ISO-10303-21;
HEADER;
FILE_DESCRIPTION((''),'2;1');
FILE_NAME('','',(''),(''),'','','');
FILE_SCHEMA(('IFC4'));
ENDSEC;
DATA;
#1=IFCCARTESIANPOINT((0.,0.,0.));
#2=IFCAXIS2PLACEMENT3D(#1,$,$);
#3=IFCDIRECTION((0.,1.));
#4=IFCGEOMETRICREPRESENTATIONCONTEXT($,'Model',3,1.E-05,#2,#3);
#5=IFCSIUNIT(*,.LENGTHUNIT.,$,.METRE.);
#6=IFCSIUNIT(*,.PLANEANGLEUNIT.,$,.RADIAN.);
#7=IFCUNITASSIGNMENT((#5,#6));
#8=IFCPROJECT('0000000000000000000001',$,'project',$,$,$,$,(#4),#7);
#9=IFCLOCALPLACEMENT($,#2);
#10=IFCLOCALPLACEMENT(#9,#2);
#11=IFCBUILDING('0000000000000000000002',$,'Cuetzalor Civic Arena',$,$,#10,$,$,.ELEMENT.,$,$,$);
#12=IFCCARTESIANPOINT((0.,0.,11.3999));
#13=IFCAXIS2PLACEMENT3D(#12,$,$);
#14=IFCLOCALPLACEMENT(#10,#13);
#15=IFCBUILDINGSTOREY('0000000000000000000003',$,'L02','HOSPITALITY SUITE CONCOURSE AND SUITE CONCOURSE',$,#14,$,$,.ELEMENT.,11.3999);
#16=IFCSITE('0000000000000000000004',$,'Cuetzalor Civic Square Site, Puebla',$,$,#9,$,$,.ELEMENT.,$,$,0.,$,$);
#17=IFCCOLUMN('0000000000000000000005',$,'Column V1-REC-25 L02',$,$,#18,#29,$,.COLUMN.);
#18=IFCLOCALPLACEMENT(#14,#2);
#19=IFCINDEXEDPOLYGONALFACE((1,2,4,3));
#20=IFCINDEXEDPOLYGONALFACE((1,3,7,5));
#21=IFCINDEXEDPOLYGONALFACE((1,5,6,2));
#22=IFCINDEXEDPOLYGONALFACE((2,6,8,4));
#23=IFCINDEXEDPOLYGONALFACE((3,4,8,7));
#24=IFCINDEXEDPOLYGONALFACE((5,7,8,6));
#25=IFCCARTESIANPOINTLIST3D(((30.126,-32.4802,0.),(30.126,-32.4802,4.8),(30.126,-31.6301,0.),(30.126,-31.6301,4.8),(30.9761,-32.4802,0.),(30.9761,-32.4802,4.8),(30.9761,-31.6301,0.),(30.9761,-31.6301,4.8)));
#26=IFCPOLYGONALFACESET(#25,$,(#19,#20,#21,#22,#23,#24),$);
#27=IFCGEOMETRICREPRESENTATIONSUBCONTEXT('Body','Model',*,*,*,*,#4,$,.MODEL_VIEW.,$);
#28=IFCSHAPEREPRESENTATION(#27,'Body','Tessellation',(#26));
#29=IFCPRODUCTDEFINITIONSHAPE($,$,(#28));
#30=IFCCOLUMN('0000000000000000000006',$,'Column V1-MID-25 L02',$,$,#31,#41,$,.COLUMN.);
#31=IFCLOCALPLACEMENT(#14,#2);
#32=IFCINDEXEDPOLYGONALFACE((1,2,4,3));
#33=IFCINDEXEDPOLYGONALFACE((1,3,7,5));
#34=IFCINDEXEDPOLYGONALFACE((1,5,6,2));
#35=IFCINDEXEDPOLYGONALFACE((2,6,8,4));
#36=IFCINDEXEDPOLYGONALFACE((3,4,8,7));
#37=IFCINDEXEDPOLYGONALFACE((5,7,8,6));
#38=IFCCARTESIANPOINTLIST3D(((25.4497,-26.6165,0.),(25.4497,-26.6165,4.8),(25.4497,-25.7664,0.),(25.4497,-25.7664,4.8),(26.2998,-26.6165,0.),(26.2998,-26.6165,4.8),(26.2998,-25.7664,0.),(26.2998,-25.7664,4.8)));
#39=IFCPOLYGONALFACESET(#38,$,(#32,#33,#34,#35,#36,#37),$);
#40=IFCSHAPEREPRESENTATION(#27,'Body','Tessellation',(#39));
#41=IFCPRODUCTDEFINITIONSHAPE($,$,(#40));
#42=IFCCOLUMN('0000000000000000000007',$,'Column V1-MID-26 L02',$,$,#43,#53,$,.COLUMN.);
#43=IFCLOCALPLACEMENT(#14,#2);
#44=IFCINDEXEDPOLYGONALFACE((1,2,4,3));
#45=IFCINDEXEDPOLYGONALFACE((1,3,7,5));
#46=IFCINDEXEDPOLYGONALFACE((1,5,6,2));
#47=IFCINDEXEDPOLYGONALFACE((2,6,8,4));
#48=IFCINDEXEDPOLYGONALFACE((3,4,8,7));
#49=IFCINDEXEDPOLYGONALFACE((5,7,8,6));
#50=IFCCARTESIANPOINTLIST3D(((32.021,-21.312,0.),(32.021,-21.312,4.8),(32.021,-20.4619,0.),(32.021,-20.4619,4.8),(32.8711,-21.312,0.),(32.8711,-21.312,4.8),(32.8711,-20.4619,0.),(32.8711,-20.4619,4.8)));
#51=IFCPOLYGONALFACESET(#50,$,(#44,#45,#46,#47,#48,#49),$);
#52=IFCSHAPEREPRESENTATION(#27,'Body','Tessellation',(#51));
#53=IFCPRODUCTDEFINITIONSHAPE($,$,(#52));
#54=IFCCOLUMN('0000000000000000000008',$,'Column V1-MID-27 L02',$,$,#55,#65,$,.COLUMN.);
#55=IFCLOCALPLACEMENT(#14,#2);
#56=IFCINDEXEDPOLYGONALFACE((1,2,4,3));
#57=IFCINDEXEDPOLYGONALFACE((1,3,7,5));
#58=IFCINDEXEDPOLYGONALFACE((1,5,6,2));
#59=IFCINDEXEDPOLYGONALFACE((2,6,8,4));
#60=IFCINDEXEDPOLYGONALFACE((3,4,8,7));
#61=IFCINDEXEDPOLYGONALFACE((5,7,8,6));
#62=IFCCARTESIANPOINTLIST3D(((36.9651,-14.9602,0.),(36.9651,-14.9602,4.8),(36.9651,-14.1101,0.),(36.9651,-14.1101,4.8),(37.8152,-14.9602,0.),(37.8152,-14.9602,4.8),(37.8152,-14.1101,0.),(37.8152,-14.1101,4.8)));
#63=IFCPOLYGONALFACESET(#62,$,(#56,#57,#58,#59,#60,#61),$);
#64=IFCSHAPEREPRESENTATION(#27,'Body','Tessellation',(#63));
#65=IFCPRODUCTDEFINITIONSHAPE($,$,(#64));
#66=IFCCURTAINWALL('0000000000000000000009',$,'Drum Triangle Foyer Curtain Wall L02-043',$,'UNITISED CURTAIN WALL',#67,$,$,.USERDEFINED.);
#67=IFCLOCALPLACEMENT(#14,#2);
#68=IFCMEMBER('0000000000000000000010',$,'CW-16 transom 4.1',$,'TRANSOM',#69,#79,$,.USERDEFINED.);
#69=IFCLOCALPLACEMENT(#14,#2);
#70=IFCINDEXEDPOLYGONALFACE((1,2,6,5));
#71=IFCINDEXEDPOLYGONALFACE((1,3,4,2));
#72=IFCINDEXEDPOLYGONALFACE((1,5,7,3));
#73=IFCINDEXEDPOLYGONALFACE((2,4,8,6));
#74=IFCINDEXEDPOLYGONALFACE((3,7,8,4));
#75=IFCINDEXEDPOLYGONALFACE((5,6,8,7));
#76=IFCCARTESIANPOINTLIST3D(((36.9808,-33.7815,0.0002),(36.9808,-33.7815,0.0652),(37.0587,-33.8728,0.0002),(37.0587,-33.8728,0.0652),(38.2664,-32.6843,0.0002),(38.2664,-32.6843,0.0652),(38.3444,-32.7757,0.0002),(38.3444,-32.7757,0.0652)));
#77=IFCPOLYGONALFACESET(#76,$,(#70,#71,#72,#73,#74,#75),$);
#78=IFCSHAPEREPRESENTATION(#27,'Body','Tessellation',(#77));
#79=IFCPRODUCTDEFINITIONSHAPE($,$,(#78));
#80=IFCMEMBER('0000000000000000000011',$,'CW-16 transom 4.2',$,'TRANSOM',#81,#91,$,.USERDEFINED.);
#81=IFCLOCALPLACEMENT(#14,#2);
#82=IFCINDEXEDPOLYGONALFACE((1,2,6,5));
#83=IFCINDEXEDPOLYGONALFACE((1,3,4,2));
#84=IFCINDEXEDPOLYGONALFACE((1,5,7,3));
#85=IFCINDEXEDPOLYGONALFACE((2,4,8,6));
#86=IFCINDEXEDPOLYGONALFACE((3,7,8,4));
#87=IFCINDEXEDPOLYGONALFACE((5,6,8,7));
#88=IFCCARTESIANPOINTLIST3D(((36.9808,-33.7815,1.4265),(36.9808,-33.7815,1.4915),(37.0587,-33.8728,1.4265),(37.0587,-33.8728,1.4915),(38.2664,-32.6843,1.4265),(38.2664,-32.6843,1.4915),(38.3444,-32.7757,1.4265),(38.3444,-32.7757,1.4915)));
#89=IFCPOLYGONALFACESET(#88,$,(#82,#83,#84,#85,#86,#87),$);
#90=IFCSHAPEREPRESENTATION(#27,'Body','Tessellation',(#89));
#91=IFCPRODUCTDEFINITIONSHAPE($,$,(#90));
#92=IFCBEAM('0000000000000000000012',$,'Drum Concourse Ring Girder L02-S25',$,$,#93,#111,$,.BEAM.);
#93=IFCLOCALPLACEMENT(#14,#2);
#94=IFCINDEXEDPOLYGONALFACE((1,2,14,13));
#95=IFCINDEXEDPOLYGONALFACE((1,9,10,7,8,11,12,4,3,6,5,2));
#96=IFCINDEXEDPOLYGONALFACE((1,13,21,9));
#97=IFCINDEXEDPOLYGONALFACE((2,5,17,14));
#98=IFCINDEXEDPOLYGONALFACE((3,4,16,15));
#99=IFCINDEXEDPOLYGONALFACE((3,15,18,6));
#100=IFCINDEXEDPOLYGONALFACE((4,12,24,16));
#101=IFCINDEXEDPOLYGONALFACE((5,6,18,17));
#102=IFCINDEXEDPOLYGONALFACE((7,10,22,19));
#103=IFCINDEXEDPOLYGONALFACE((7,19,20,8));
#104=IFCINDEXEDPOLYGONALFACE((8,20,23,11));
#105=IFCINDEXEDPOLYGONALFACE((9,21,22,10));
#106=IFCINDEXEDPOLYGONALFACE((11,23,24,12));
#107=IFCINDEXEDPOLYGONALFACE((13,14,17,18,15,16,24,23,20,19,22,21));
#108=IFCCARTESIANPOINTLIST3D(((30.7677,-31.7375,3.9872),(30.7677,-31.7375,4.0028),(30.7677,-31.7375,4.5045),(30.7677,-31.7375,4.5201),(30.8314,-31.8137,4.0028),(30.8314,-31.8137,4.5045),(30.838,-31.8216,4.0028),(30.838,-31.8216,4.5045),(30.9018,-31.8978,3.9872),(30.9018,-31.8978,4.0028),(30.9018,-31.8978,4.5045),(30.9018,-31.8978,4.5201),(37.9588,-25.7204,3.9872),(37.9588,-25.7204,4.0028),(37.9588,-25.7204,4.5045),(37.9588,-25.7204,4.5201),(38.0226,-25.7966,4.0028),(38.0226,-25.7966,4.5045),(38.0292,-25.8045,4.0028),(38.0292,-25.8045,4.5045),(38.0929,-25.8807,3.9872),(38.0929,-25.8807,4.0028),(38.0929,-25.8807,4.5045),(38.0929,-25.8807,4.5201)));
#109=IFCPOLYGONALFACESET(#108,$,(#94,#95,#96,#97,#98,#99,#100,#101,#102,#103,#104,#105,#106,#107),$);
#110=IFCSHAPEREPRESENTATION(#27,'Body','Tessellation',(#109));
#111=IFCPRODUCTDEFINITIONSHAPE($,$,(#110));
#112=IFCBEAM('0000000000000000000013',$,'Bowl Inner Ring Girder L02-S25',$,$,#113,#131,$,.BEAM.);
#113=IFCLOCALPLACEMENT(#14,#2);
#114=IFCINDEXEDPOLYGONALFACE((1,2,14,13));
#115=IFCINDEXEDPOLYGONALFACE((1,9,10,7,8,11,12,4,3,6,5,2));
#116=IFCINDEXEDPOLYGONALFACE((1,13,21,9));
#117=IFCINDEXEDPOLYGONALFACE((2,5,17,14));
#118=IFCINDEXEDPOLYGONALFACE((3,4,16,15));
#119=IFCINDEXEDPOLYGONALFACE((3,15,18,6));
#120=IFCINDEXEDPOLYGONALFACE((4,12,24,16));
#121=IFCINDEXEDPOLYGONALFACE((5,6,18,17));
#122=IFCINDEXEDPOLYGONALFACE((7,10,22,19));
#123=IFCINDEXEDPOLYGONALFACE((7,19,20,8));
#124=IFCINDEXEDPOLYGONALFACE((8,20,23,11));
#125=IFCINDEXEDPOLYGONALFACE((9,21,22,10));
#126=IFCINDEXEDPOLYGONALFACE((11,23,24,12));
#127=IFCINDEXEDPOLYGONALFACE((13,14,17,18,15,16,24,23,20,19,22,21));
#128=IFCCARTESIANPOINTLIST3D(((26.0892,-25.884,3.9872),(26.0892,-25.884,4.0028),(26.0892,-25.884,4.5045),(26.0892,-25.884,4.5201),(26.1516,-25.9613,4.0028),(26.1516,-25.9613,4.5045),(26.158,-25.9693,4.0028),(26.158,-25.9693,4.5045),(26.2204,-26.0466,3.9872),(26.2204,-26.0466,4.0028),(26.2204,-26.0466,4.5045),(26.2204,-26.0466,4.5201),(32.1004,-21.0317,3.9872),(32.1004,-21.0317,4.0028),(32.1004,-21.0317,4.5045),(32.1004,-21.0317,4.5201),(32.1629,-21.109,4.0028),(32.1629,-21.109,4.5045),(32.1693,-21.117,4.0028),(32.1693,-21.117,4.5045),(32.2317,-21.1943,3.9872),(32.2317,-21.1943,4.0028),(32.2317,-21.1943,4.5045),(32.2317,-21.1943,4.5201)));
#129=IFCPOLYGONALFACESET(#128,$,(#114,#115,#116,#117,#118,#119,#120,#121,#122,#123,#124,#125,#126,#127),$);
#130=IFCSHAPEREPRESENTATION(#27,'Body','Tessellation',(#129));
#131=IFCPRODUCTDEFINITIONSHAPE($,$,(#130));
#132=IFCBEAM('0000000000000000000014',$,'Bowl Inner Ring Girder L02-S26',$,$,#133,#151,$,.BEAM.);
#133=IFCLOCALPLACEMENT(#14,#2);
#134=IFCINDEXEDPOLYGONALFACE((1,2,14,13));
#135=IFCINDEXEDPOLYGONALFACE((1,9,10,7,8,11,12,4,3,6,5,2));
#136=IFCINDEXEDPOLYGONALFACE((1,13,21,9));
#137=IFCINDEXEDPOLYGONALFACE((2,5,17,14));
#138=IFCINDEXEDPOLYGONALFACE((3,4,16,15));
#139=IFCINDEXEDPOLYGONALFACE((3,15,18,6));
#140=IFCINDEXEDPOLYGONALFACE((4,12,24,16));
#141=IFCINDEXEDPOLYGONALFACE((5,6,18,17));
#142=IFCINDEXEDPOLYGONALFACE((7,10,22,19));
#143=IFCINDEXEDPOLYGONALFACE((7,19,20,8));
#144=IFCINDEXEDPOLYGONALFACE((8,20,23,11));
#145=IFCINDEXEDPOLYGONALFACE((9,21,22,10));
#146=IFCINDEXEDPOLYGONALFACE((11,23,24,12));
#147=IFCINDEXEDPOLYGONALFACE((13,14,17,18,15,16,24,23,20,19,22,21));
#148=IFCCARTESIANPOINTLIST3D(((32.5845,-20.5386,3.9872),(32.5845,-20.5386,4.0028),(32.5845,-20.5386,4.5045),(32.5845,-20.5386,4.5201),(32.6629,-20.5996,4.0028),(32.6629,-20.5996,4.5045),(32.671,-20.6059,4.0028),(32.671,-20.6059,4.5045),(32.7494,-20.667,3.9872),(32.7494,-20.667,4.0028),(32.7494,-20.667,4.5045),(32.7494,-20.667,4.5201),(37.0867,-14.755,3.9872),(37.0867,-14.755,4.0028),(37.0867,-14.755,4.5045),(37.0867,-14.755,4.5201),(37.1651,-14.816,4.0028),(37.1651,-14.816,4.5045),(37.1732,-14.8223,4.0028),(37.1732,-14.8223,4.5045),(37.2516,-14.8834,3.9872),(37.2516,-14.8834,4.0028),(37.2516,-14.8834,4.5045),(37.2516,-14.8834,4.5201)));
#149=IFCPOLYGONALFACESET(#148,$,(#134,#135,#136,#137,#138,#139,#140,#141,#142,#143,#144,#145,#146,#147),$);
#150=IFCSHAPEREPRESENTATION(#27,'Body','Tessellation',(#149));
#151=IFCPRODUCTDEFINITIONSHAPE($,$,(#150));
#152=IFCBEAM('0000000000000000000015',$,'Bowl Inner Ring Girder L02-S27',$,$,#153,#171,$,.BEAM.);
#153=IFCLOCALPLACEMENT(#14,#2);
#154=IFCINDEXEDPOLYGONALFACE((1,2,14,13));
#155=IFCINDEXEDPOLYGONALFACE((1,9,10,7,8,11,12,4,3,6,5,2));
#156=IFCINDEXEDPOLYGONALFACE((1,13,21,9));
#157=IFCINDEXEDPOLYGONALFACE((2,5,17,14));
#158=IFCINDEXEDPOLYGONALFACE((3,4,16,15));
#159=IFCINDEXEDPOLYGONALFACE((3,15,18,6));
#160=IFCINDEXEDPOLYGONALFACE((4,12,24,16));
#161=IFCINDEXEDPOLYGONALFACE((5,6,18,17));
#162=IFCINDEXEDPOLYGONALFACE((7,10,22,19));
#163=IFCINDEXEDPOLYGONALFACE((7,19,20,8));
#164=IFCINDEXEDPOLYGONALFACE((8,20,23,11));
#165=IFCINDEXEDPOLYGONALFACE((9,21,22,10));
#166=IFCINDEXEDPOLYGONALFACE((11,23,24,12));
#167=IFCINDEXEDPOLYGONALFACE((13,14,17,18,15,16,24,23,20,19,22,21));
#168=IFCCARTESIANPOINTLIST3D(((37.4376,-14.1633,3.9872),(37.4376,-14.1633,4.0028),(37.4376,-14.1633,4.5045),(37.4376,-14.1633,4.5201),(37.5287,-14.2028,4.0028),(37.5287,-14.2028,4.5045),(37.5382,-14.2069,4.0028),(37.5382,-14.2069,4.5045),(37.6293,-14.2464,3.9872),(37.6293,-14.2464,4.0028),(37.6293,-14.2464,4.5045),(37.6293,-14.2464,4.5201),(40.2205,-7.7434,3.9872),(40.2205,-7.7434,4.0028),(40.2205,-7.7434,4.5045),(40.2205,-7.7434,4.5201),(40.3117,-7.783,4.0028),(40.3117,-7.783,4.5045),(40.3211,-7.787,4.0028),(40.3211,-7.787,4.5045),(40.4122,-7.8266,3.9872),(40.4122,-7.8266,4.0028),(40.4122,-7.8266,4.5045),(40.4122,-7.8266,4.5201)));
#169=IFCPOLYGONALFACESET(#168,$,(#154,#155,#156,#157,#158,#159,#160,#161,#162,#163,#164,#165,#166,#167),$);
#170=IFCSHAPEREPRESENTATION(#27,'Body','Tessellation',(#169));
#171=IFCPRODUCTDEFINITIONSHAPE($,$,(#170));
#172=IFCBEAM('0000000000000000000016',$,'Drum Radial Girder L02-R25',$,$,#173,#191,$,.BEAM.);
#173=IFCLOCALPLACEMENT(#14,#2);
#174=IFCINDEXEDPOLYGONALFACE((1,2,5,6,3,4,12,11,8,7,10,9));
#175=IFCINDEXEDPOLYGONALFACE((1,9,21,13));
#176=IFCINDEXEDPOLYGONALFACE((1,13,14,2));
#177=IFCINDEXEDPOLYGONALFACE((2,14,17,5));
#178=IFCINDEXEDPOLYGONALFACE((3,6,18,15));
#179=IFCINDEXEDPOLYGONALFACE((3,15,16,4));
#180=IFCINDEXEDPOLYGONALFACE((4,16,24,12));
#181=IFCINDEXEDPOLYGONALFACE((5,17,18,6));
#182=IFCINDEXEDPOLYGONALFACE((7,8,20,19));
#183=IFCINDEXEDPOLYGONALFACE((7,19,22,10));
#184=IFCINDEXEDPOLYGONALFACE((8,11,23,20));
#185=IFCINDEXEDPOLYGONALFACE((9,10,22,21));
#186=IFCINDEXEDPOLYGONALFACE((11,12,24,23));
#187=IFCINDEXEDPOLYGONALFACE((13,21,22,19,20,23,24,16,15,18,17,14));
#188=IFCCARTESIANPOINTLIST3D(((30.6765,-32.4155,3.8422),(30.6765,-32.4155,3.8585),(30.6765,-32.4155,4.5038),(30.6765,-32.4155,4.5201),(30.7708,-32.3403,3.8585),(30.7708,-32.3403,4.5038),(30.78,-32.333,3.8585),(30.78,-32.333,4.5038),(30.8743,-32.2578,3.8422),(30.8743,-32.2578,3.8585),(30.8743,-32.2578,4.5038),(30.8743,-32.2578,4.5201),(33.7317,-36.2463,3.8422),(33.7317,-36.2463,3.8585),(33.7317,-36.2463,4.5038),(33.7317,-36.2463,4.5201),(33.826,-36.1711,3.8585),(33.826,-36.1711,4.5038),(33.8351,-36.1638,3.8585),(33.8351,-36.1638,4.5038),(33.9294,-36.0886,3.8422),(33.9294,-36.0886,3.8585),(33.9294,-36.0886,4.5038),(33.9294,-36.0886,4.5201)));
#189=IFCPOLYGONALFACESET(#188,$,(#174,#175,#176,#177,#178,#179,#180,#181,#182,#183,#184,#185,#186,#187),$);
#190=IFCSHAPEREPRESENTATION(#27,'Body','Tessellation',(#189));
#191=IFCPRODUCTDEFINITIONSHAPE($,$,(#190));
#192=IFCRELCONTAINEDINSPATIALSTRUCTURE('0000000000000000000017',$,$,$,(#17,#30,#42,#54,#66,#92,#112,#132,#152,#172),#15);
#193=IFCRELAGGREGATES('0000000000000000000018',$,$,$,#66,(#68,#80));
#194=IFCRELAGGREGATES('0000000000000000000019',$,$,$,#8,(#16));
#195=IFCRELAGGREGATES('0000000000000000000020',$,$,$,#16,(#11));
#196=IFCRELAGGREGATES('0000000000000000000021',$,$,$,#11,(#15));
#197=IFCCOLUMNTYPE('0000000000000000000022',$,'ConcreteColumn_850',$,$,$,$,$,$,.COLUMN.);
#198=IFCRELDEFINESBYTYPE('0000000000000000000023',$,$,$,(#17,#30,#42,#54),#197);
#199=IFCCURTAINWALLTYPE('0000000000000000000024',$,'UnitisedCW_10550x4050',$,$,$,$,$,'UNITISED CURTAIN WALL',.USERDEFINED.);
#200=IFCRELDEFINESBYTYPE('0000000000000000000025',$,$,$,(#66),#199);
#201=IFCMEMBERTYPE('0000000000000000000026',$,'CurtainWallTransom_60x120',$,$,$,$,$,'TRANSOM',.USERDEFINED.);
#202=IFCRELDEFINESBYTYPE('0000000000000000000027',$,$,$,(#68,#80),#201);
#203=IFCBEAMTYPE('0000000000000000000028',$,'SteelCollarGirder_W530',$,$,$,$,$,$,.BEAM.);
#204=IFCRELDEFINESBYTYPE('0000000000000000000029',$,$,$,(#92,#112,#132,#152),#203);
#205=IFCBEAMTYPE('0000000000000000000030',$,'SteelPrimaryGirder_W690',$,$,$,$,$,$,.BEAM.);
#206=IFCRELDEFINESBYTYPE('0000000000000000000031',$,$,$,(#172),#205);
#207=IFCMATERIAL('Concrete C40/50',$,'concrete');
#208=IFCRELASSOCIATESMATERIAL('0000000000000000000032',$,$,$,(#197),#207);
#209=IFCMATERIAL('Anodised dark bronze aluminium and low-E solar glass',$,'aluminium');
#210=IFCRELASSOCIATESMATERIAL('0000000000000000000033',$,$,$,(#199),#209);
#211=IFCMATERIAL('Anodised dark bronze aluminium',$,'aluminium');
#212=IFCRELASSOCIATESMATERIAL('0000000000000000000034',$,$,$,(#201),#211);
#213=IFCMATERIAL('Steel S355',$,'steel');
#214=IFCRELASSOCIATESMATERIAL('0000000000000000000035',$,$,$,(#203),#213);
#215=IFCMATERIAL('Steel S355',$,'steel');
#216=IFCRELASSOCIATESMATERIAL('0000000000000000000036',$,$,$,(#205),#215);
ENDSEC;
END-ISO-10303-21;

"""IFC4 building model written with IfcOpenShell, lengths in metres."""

from ifc_helpers import new_model, si_unit, direction, frame, origin, origin_2d, place, context, subcontext, project, spatial, rectangle, i_section, extrude, material, material_profile, profile_set, type_object, element, aggregate, save


model = new_model("IFC4")

# Units and contexts
model_context = context("Model", 3, precision=1e-05, world=origin(), true_north=direction((0.0, 1.0)))
body_context = subcontext(model_context, "Body", "Model", "MODEL_VIEW")
ifc_project = project(units=[si_unit("LENGTHUNIT", "METRE"), si_unit("PLANEANGLEUNIT", "RADIAN")], contexts=[model_context])

# Site, building, storey
site_placement = place(None, origin())
site = spatial("IfcSite", under=ifc_project, at=site_placement, Name="Cuetzalor Civic Square Site, Puebla", CompositionType="ELEMENT", RefElevation=0.0)
building_placement = place(site_placement, origin())
building = spatial("IfcBuilding", under=site, at=building_placement, Name="Cuetzalor Civic Arena", CompositionType="ELEMENT")
storey_placement = place(building_placement, frame((0.0, 0.0, 11.3999)))
storey = spatial("IfcBuildingStorey", under=building, at=storey_placement, Name="L02", Description="HOSPITALITY SUITE CONCOURSE AND SUITE CONCOURSE", CompositionType="ELEMENT", Elevation=11.3999)

# Columns
ifc_material_1 = material(Name="Concrete C40/50", Category="concrete")
ifc_material_profile_1 = material_profile(ifc_material_1, rectangle(XDim=0.8501, YDim=0.8501, at=origin_2d()), Name="RC 850x850")
ifc_profile_set_1 = profile_set([ifc_material_profile_1], Name="Concrete C40/50")
column_type = type_object("IfcColumnType", Name="ConcreteColumn_850", PredefinedType="COLUMN", material=ifc_profile_set_1)
for number, where, z_axis, x_axis, name in (
    (1, (30.551, -32.0552, 0.0), (0.0, 0.0, 1.0), (1.0, 0.0, 0.0), "Column V1-REC-25 L02"),
    (2, (25.8748, -26.1914, 0.0), (0.0, 0.0, 1.0), (1.0, 0.0, 0.0), "Column V1-MID-25 L02"),
    (3, (32.446, -20.887, 0.0), (0.0, 0.0, 1.0), (1.0, 0.0, 0.0), "Column V1-MID-26 L02"),
    (4, (37.3901, -14.5352, 0.0), (0.0, 0.0, 1.0), (1.0, 0.0, 0.0), "Column V1-MID-27 L02"),
):
    element("IfcColumn", number, at=place(storey_placement, frame(where, z_axis=z_axis, x_axis=x_axis)), inside=storey, type_object=column_type, Name=name, PredefinedType="COLUMN", context=body_context, shape_type="SweptSolid", body=[
        extrude(rectangle(XDim=0.8501, YDim=0.8501, at=origin_2d()), origin(), (0.0, 0.0, 1.0), 4.8),
    ])

# Curtain wall, members
ifc_material_2 = material(Name="Anodised dark bronze aluminium and low-E solar glass", Category="aluminium")
curtain_wall_type = type_object("IfcCurtainWallType", Name="UnitisedCW_10550x4050", ElementType="UNITISED CURTAIN WALL", PredefinedType="USERDEFINED", material=ifc_material_2)
curtain_wall_placement = place(storey_placement, origin())
curtain_wall = element("IfcCurtainWall", 5, at=curtain_wall_placement, inside=storey, type_object=curtain_wall_type, Name="Drum Triangle Foyer Curtain Wall L02-043", ObjectType="UNITISED CURTAIN WALL", PredefinedType="USERDEFINED")
ifc_material_3 = material(Name="Anodised dark bronze aluminium", Category="aluminium")
ifc_material_profile_2 = material_profile(ifc_material_3, rectangle(XDim=0.1201, YDim=0.0649, at=origin_2d()), Name="ALU TRANSOM 65x120")
ifc_profile_set_2 = profile_set([ifc_material_profile_2], Name="Anodised dark bronze aluminium")
member_type = type_object("IfcMemberType", Name="CurtainWallTransom_60x120", ElementType="TRANSOM", PredefinedType="USERDEFINED", material=ifc_profile_set_2)
member_1_placement = place(storey_placement, frame((38.3054, -32.73, 0.0327), z_axis=(-0.760662, -0.649148, 0.0), x_axis=(0.649148, -0.760662, 0.0)))
member_1 = element("IfcMember", 6, at=member_1_placement, type_object=member_type, Name="CW-16 transom 4.1", ObjectType="TRANSOM", PredefinedType="USERDEFINED", context=body_context, shape_type="SweptSolid", body=[
    extrude(rectangle(XDim=0.1201, YDim=0.0649, at=origin_2d()), origin(), (0.0, 0.0, 1.0), 1.6902),
])
member_2_placement = place(storey_placement, frame((38.3054, -32.73, 1.459), z_axis=(-0.760662, -0.649148, 0.0), x_axis=(0.649148, -0.760662, 0.0)))
member_2 = element("IfcMember", 7, at=member_2_placement, type_object=member_type, Name="CW-16 transom 4.2", ObjectType="TRANSOM", PredefinedType="USERDEFINED", context=body_context, shape_type="SweptSolid", body=[
    extrude(rectangle(XDim=0.1201, YDim=0.0649, at=origin_2d()), origin(), (0.0, 0.0, 1.0), 1.6902),
])

# Beams
ifc_material_4 = material(Name="Steel S355", Category="steel")
ifc_material_profile_3 = material_profile(ifc_material_4, i_section(OverallWidth=0.209, OverallDepth=0.533, WebThickness=0.0103, FlangeThickness=0.0156, at=origin_2d()), Name="W530x92")
ifc_profile_set_3 = profile_set([ifc_material_profile_3], Name="Steel S355")
beam_type_1 = type_object("IfcBeamType", Name="SteelCollarGirder_W530", PredefinedType="BEAM", material=ifc_profile_set_3)
beam_1_placement = place(storey_placement, frame((30.8347, -31.8176, 4.2537), z_axis=(0.766937, 0.641722, 0.0), x_axis=(-0.641722, 0.766937, 0.0)))
element("IfcBeam", 8, at=beam_1_placement, inside=storey, type_object=beam_type_1, Name="Drum Concourse Ring Girder L02-S25", PredefinedType="BEAM", context=body_context, shape_type="SweptSolid", body=[
    extrude(i_section(OverallWidth=0.209, OverallDepth=0.533, WebThickness=0.0103, FlangeThickness=0.0156, at=origin_2d()), origin(), (0.0, 0.0, 1.0), 9.3765),
])
beam_2_placement = place(storey_placement, frame((26.1548, -25.9653, 4.2537), z_axis=(0.778127, 0.628108, 0.0), x_axis=(-0.628108, 0.778127, 0.0)))
element("IfcBeam", 9, at=beam_2_placement, inside=storey, type_object=beam_type_1, Name="Bowl Inner Ring Girder L02-S25", PredefinedType="BEAM", context=body_context, shape_type="SweptSolid", body=[
    extrude(i_section(OverallWidth=0.209, OverallDepth=0.533, WebThickness=0.0103, FlangeThickness=0.0156, at=origin_2d()), origin(), (0.0, 0.0, 1.0), 7.7253),
])
beam_3_placement = place(storey_placement, frame((32.667, -20.6028, 4.2537), z_axis=(0.614261, 0.789103, 0.0), x_axis=(-0.789103, 0.614261, 0.0)))
element("IfcBeam", 10, at=beam_3_placement, inside=storey, type_object=beam_type_1, Name="Bowl Inner Ring Girder L02-S26", PredefinedType="BEAM", context=body_context, shape_type="SweptSolid", body=[
    extrude(i_section(OverallWidth=0.209, OverallDepth=0.533, WebThickness=0.0103, FlangeThickness=0.0156, at=origin_2d()), origin(), (0.0, 0.0, 1.0), 7.3293),
])
beam_4_placement = place(storey_placement, frame((37.5334, -14.2048, 4.2537), z_axis=(0.397727, 0.917504, 0.0), x_axis=(-0.917504, 0.397727, 0.0)))
element("IfcBeam", 11, at=beam_4_placement, inside=storey, type_object=beam_type_1, Name="Bowl Inner Ring Girder L02-S27", PredefinedType="BEAM", context=body_context, shape_type="SweptSolid", body=[
    extrude(i_section(OverallWidth=0.209, OverallDepth=0.533, WebThickness=0.0103, FlangeThickness=0.0156, at=origin_2d()), origin(), (0.0, 0.0, 1.0), 6.9971),
])
ifc_material_5 = material(Name="Steel S355", Category="steel")
ifc_material_profile_4 = material_profile(ifc_material_5, i_section(OverallWidth=0.2529, OverallDepth=0.678, WebThickness=0.0117, FlangeThickness=0.0164, at=origin_2d()), Name="W690x125")
ifc_profile_set_4 = profile_set([ifc_material_profile_4], Name="Steel S355")
beam_type_2 = type_object("IfcBeamType", Name="SteelPrimaryGirder_W690", PredefinedType="BEAM", material=ifc_profile_set_4)
beam_5_placement = place(storey_placement, frame((30.7754, -32.3367, 4.1812), z_axis=(0.623516, -0.781811, 0.0), x_axis=(0.781811, 0.623516, 0.0)))
element("IfcBeam", 12, at=beam_5_placement, inside=storey, type_object=beam_type_2, Name="Drum Radial Girder L02-R25", PredefinedType="BEAM", context=body_context, shape_type="SweptSolid", body=[
    extrude(i_section(OverallWidth=0.2529, OverallDepth=0.678, WebThickness=0.0117, FlangeThickness=0.0164, at=origin_2d()), origin(), (0.0, 0.0, 1.0), 4.8999),
])

aggregate(curtain_wall, [member_1, member_2])

save(model, "model.ifc")
